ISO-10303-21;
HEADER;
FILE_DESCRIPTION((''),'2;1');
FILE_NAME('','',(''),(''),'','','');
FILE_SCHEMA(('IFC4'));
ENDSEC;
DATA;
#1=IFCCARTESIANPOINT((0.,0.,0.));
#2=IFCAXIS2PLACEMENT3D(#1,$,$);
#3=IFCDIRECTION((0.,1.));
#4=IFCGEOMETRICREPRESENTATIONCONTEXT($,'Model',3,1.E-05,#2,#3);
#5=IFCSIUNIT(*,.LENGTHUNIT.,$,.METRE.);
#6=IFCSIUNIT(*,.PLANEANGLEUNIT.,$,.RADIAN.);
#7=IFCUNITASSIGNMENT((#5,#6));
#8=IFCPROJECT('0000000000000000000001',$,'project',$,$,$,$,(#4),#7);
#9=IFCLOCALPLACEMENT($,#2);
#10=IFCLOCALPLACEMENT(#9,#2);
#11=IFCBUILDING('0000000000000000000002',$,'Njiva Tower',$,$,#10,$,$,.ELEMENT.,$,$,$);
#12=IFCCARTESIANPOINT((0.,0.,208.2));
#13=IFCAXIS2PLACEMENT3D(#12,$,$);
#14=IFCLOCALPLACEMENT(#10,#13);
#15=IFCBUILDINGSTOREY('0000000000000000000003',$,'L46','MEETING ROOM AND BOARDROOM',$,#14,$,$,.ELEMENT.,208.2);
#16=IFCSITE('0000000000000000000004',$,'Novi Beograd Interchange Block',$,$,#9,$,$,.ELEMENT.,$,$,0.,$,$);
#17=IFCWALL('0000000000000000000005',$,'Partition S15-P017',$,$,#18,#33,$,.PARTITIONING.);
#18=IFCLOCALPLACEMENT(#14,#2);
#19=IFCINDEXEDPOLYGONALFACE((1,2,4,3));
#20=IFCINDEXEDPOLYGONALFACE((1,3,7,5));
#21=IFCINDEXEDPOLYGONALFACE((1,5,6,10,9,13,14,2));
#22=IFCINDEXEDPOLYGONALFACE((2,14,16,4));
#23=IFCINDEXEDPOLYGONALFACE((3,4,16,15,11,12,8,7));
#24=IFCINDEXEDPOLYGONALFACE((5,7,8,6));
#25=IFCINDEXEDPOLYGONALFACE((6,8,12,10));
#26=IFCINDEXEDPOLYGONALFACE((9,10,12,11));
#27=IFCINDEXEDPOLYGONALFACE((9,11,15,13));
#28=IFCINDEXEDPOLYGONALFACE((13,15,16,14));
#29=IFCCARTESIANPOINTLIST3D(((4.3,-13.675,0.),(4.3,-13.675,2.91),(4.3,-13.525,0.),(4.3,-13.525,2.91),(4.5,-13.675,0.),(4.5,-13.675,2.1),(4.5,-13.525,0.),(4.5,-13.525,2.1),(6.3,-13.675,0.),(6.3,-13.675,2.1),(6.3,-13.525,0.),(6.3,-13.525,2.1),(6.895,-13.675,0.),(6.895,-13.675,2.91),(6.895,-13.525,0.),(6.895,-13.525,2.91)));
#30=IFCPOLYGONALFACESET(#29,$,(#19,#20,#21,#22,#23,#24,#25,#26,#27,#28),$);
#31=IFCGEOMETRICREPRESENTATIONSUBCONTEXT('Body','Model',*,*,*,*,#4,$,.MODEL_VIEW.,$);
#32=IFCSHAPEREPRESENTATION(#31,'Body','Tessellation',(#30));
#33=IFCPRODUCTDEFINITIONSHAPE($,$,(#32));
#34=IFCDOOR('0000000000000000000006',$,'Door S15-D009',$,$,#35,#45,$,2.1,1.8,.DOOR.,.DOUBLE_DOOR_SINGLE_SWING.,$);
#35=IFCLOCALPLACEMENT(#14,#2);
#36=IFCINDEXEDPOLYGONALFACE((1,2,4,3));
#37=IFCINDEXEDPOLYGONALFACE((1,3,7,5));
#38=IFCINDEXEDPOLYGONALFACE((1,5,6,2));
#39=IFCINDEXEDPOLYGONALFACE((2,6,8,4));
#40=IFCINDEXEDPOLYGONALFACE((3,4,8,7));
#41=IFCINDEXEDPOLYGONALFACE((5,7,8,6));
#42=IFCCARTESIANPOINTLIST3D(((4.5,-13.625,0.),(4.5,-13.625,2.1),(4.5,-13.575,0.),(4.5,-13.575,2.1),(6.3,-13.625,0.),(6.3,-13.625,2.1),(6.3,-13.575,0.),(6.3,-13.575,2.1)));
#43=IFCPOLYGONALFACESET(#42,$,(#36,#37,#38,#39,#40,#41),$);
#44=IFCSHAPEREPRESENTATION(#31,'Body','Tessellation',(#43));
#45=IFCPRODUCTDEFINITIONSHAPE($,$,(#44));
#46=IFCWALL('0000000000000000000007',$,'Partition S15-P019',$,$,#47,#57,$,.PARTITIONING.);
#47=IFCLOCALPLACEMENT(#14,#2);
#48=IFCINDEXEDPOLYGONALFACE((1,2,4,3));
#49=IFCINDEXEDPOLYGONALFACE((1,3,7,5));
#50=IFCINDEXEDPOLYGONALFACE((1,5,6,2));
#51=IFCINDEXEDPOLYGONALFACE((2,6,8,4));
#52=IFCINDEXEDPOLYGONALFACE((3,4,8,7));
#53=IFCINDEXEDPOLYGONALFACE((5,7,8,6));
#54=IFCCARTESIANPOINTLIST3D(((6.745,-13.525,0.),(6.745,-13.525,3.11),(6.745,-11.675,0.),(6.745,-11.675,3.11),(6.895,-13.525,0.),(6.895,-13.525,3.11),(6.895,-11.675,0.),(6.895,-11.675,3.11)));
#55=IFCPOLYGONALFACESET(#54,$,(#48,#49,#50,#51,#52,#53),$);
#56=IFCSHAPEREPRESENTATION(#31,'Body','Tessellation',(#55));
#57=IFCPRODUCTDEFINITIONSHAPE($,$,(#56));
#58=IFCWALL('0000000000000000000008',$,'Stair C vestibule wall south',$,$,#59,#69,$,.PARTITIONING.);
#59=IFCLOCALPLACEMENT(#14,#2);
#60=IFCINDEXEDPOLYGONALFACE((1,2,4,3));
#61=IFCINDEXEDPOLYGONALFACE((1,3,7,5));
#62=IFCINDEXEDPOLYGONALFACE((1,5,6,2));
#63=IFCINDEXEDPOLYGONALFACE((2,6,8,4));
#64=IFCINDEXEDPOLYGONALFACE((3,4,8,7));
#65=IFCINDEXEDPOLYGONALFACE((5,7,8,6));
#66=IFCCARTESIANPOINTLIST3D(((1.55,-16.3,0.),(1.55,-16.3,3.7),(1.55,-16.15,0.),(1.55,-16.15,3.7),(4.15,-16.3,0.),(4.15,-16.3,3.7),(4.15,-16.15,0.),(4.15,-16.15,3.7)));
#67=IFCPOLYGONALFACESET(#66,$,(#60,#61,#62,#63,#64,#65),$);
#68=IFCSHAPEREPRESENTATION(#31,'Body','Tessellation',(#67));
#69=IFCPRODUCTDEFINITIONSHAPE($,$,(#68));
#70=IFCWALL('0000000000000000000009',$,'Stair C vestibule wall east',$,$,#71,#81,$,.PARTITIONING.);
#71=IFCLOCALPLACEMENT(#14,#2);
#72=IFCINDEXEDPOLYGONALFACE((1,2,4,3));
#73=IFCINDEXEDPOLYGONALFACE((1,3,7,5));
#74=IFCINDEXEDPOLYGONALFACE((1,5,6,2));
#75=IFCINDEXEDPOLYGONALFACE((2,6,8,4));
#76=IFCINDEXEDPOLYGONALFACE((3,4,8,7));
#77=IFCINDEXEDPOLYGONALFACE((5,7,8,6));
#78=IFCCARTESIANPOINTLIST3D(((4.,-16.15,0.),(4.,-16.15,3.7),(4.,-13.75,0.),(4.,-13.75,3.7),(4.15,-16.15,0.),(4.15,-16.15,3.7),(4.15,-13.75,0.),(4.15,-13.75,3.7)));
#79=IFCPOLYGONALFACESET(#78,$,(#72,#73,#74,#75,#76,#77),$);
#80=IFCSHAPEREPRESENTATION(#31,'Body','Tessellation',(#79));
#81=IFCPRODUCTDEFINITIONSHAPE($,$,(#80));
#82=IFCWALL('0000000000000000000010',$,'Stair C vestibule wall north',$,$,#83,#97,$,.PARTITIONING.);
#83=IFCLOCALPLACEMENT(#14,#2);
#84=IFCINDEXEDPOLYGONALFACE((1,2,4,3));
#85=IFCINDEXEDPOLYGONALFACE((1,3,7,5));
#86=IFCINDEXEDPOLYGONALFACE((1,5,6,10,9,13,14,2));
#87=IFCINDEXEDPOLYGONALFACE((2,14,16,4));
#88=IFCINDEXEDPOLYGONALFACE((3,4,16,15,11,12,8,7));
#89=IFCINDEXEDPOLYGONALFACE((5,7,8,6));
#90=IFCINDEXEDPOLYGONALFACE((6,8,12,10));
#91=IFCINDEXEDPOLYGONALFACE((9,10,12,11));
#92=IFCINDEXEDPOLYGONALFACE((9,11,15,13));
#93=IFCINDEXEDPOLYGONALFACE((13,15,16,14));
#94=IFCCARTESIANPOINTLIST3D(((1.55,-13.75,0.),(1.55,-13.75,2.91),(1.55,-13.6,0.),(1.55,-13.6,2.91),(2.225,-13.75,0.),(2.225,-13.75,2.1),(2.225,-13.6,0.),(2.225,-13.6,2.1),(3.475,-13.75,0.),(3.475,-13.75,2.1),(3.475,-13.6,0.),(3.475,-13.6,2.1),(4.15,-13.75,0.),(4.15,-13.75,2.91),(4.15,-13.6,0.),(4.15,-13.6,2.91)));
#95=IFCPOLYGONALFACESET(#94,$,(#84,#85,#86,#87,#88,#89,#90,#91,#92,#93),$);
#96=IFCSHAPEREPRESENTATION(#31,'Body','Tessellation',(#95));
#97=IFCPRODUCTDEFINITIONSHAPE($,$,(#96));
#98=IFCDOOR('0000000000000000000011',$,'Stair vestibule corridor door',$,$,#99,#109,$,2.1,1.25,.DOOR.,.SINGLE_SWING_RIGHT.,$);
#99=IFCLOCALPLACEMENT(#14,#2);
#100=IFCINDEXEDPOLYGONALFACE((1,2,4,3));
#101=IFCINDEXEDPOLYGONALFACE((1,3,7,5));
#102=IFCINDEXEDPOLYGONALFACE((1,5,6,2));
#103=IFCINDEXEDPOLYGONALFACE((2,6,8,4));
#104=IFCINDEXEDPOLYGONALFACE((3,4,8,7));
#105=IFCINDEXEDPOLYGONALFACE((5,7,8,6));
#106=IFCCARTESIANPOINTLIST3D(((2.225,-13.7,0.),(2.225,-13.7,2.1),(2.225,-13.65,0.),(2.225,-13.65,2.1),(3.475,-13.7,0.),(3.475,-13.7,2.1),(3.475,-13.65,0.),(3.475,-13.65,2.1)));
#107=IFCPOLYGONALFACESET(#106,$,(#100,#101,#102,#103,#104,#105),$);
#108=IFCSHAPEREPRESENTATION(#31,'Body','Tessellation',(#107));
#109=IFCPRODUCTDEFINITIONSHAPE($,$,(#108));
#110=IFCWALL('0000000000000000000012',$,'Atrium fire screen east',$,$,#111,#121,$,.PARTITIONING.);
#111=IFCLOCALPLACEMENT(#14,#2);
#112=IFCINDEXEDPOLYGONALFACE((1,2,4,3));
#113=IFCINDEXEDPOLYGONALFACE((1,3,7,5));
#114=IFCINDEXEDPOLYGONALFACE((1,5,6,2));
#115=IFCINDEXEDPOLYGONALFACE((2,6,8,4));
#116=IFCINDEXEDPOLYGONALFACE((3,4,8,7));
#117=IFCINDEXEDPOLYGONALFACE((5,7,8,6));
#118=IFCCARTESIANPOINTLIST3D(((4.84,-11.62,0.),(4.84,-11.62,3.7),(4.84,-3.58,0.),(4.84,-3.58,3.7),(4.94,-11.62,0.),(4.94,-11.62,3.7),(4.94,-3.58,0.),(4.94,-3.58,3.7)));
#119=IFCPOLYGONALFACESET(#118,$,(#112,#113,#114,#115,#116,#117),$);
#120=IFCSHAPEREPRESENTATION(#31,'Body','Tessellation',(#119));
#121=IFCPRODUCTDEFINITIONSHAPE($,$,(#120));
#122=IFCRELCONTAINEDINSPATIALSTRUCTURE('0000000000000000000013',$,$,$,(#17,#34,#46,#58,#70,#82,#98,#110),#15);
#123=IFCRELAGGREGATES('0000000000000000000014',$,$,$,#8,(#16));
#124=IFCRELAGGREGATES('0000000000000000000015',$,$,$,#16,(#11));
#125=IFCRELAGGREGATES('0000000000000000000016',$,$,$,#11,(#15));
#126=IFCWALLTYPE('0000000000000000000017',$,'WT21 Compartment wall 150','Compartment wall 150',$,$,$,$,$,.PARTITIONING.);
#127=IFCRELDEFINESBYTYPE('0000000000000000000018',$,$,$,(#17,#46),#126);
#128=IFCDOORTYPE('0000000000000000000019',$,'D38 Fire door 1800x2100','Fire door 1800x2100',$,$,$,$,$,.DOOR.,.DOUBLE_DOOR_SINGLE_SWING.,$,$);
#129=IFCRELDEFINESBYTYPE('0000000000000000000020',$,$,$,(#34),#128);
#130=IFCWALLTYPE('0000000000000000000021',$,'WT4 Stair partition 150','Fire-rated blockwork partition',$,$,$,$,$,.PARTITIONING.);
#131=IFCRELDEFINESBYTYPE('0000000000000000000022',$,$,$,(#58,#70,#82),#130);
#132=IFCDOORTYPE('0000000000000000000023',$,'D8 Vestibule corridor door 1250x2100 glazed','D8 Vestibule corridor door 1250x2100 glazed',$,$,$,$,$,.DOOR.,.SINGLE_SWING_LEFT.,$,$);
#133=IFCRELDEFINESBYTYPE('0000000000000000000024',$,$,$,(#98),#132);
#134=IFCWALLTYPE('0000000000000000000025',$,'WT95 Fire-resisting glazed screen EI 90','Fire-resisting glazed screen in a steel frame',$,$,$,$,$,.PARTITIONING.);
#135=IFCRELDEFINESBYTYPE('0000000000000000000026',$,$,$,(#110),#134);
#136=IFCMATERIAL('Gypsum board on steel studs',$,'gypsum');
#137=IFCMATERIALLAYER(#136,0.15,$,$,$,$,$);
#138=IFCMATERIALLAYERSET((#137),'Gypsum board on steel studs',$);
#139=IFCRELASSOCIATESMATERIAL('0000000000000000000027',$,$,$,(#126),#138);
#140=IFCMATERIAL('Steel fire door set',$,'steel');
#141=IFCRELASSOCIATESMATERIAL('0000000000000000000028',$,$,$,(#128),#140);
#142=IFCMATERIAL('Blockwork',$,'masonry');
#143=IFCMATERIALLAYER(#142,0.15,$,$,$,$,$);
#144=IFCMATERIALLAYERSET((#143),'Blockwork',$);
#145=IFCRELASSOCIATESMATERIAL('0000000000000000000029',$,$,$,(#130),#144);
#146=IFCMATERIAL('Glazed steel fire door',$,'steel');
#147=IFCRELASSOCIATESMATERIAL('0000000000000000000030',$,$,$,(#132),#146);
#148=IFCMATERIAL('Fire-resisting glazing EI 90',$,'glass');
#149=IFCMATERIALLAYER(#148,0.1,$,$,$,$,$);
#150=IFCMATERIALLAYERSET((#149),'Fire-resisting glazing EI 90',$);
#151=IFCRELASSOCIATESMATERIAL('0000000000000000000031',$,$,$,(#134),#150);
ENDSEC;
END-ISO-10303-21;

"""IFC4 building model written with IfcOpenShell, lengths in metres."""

from ifc_helpers import new_model, si_unit, direction, frame, frame_2d, origin, place, context, subcontext, project, spatial, rectangle, extrude, material, layer, layer_set, type_object, element, fill, save


model = new_model("IFC4")

# Units and contexts
model_context = context("Model", 3, precision=1e-05, world=origin(), true_north=direction((0.0, 1.0)))
body_context = subcontext(model_context, "Body", "Model", "MODEL_VIEW")
ifc_project = project(units=[si_unit("LENGTHUNIT", "METRE"), si_unit("PLANEANGLEUNIT", "RADIAN")], contexts=[model_context])

# Site, building, storey
site_placement = place(None, origin())
site = spatial("IfcSite", under=ifc_project, at=site_placement, Name="Novi Beograd Interchange Block", CompositionType="ELEMENT", RefElevation=0.0)
building_placement = place(site_placement, origin())
building = spatial("IfcBuilding", under=site, at=building_placement, Name="Njiva Tower", CompositionType="ELEMENT")
storey_placement = place(building_placement, frame((0.0, 0.0, 208.2)))
storey = spatial("IfcBuildingStorey", under=building, at=storey_placement, Name="L46", Description="MEETING ROOM AND BOARDROOM", CompositionType="ELEMENT", Elevation=208.2)

# Shared definitions
ifc_material_1 = material(Name="Gypsum board on steel studs", Category="gypsum")

# Wall, opening, door
ifc_layer_1 = layer(ifc_material_1, 0.15)
ifc_layer_set_1 = layer_set([ifc_layer_1], Name="Gypsum board on steel studs")
wall_type_1 = type_object("IfcWallType", Name="WT21 Compartment wall 150", Description="Compartment wall 150", PredefinedType="PARTITIONING", material=ifc_layer_set_1)
wall_1_placement = place(storey_placement, frame((4.3, -13.6, 0.0), z_axis=(0.0, 0.0, 1.0), x_axis=(1.0, 0.0, 0.0)))
wall_1 = element("IfcWall", 1, at=wall_1_placement, inside=storey, type_object=wall_type_1, Name="Partition S15-P017", PredefinedType="PARTITIONING", context=body_context, shape_type="SweptSolid", body=[
    extrude(rectangle(XDim=2.595, YDim=0.15, at=frame_2d((1.2975, 0.0))), origin(), (0.0, 0.0, 1.0), 2.91),
])
opening_1_placement = place(wall_1_placement, frame((0.2, 0.0, 0.0)))
opening_1 = element("IfcOpeningElement", 2, at=opening_1_placement, cuts=wall_1, PredefinedType="OPENING", context=body_context, shape_type="SweptSolid", body=[
    extrude(rectangle(XDim=1.8, YDim=2.1, at=frame_2d((0.9, 1.05))), frame((0.0, 0.085, 0.0), z_axis=(0.0, -1.0, 0.0), x_axis=(1.0, 0.0, 0.0)), (0.0, 0.0, 1.0), 0.17),
])
ifc_material_2 = material(Name="Steel fire door set", Category="steel")
door_type_1 = type_object("IfcDoorType", Name="D38 Fire door 1800x2100", Description="Fire door 1800x2100", OperationType="DOUBLE_DOOR_SINGLE_SWING", PredefinedType="DOOR", material=ifc_material_2)
door_1_placement = place(opening_1_placement, origin())
door_1 = element("IfcDoor", 3, at=door_1_placement, inside=storey, type_object=door_type_1, Name="Door S15-D009", OperationType="DOUBLE_DOOR_SINGLE_SWING", OverallHeight=2.1, OverallWidth=1.8, PredefinedType="DOOR", context=body_context, shape_type="SweptSolid", body=[
    extrude(rectangle(XDim=1.8, YDim=2.1, at=frame_2d((0.9, 1.05))), frame((0.0, 0.025, 0.0), z_axis=(0.0, -1.0, 0.0), x_axis=(1.0, 0.0, 0.0)), (0.0, 0.0, 1.0), 0.05),
])
fill(opening_1, door_1)

# Walls
wall_2_placement = place(storey_placement, frame((6.82, -13.525, 0.0), z_axis=(0.0, 0.0, 1.0), x_axis=(0.0, 1.0, 0.0)))
element("IfcWall", 4, at=wall_2_placement, inside=storey, type_object=wall_type_1, Name="Partition S15-P019", PredefinedType="PARTITIONING", context=body_context, shape_type="SweptSolid", body=[
    extrude(rectangle(XDim=1.85, YDim=0.15, at=frame_2d((0.925, 0.0))), origin(), (0.0, 0.0, 1.0), 3.11),
])
ifc_material_3 = material(Name="Blockwork", Category="masonry")
ifc_layer_2 = layer(ifc_material_3, 0.15)
ifc_layer_set_2 = layer_set([ifc_layer_2], Name="Blockwork")
wall_type_2 = type_object("IfcWallType", Name="WT4 Stair partition 150", Description="Fire-rated blockwork partition", PredefinedType="PARTITIONING", material=ifc_layer_set_2)
wall_3_placement = place(storey_placement, frame((1.55, -16.225, 0.0), z_axis=(0.0, 0.0, 1.0), x_axis=(1.0, 0.0, 0.0)))
element("IfcWall", 5, at=wall_3_placement, inside=storey, type_object=wall_type_2, Name="Stair C vestibule wall south", PredefinedType="PARTITIONING", context=body_context, shape_type="SweptSolid", body=[
    extrude(rectangle(XDim=2.6, YDim=0.15, at=frame_2d((1.3, 0.0))), origin(), (0.0, 0.0, 1.0), 3.7),
])
wall_4_placement = place(storey_placement, frame((4.075, -16.15, 0.0), z_axis=(0.0, 0.0, 1.0), x_axis=(0.0, 1.0, 0.0)))
element("IfcWall", 6, at=wall_4_placement, inside=storey, type_object=wall_type_2, Name="Stair C vestibule wall east", PredefinedType="PARTITIONING", context=body_context, shape_type="SweptSolid", body=[
    extrude(rectangle(XDim=2.4, YDim=0.15, at=frame_2d((1.2, 0.0))), origin(), (0.0, 0.0, 1.0), 3.7),
])

# Wall, opening, door
wall_5_placement = place(storey_placement, frame((1.55, -13.675, 0.0), z_axis=(0.0, 0.0, 1.0), x_axis=(1.0, 0.0, 0.0)))
wall_5 = element("IfcWall", 7, at=wall_5_placement, inside=storey, type_object=wall_type_2, Name="Stair C vestibule wall north", PredefinedType="PARTITIONING", context=body_context, shape_type="SweptSolid", body=[
    extrude(rectangle(XDim=2.6, YDim=0.15, at=frame_2d((1.3, 0.0))), origin(), (0.0, 0.0, 1.0), 2.91),
])
opening_2_placement = place(wall_5_placement, frame((0.675, 0.0, 0.0)))
opening_2 = element("IfcOpeningElement", 8, at=opening_2_placement, cuts=wall_5, PredefinedType="OPENING", context=body_context, shape_type="SweptSolid", body=[
    extrude(rectangle(XDim=1.25, YDim=2.1, at=frame_2d((0.625, 1.05))), frame((0.0, 0.085, 0.0), z_axis=(0.0, -1.0, 0.0), x_axis=(1.0, 0.0, 0.0)), (0.0, 0.0, 1.0), 0.17),
])
ifc_material_4 = material(Name="Glazed steel fire door", Category="steel")
door_type_2 = type_object("IfcDoorType", Name="D8 Vestibule corridor door 1250x2100 glazed", Description="D8 Vestibule corridor door 1250x2100 glazed", OperationType="SINGLE_SWING_LEFT", PredefinedType="DOOR", material=ifc_material_4)
door_2_placement = place(opening_2_placement, origin())
door_2 = element("IfcDoor", 9, at=door_2_placement, inside=storey, type_object=door_type_2, Name="Stair vestibule corridor door", OperationType="SINGLE_SWING_RIGHT", OverallHeight=2.1, OverallWidth=1.25, PredefinedType="DOOR", context=body_context, shape_type="SweptSolid", body=[
    extrude(rectangle(XDim=1.25, YDim=2.1, at=frame_2d((0.625, 1.05))), frame((0.0, 0.025, 0.0), z_axis=(0.0, -1.0, 0.0), x_axis=(1.0, 0.0, 0.0)), (0.0, 0.0, 1.0), 0.05),
])
fill(opening_2, door_2)

# Wall
ifc_material_5 = material(Name="Fire-resisting glazing EI 90", Category="glass")
ifc_layer_3 = layer(ifc_material_5, 0.1)
ifc_layer_set_3 = layer_set([ifc_layer_3], Name="Fire-resisting glazing EI 90")
wall_type_3 = type_object("IfcWallType", Name="WT95 Fire-resisting glazed screen EI 90", Description="Fire-resisting glazed screen in a steel frame", PredefinedType="PARTITIONING", material=ifc_layer_set_3)
wall_6_placement = place(storey_placement, frame((4.89, -11.62, 0.0), z_axis=(0.0, 0.0, 1.0), x_axis=(0.0, 1.0, 0.0)))
element("IfcWall", 10, at=wall_6_placement, inside=storey, type_object=wall_type_3, Name="Atrium fire screen east", PredefinedType="PARTITIONING", context=body_context, shape_type="SweptSolid", body=[
    extrude(rectangle(XDim=8.04, YDim=0.1, at=frame_2d((4.02, 0.0))), origin(), (0.0, 0.0, 1.0), 3.7),
])

save(model, "model.ifc")
